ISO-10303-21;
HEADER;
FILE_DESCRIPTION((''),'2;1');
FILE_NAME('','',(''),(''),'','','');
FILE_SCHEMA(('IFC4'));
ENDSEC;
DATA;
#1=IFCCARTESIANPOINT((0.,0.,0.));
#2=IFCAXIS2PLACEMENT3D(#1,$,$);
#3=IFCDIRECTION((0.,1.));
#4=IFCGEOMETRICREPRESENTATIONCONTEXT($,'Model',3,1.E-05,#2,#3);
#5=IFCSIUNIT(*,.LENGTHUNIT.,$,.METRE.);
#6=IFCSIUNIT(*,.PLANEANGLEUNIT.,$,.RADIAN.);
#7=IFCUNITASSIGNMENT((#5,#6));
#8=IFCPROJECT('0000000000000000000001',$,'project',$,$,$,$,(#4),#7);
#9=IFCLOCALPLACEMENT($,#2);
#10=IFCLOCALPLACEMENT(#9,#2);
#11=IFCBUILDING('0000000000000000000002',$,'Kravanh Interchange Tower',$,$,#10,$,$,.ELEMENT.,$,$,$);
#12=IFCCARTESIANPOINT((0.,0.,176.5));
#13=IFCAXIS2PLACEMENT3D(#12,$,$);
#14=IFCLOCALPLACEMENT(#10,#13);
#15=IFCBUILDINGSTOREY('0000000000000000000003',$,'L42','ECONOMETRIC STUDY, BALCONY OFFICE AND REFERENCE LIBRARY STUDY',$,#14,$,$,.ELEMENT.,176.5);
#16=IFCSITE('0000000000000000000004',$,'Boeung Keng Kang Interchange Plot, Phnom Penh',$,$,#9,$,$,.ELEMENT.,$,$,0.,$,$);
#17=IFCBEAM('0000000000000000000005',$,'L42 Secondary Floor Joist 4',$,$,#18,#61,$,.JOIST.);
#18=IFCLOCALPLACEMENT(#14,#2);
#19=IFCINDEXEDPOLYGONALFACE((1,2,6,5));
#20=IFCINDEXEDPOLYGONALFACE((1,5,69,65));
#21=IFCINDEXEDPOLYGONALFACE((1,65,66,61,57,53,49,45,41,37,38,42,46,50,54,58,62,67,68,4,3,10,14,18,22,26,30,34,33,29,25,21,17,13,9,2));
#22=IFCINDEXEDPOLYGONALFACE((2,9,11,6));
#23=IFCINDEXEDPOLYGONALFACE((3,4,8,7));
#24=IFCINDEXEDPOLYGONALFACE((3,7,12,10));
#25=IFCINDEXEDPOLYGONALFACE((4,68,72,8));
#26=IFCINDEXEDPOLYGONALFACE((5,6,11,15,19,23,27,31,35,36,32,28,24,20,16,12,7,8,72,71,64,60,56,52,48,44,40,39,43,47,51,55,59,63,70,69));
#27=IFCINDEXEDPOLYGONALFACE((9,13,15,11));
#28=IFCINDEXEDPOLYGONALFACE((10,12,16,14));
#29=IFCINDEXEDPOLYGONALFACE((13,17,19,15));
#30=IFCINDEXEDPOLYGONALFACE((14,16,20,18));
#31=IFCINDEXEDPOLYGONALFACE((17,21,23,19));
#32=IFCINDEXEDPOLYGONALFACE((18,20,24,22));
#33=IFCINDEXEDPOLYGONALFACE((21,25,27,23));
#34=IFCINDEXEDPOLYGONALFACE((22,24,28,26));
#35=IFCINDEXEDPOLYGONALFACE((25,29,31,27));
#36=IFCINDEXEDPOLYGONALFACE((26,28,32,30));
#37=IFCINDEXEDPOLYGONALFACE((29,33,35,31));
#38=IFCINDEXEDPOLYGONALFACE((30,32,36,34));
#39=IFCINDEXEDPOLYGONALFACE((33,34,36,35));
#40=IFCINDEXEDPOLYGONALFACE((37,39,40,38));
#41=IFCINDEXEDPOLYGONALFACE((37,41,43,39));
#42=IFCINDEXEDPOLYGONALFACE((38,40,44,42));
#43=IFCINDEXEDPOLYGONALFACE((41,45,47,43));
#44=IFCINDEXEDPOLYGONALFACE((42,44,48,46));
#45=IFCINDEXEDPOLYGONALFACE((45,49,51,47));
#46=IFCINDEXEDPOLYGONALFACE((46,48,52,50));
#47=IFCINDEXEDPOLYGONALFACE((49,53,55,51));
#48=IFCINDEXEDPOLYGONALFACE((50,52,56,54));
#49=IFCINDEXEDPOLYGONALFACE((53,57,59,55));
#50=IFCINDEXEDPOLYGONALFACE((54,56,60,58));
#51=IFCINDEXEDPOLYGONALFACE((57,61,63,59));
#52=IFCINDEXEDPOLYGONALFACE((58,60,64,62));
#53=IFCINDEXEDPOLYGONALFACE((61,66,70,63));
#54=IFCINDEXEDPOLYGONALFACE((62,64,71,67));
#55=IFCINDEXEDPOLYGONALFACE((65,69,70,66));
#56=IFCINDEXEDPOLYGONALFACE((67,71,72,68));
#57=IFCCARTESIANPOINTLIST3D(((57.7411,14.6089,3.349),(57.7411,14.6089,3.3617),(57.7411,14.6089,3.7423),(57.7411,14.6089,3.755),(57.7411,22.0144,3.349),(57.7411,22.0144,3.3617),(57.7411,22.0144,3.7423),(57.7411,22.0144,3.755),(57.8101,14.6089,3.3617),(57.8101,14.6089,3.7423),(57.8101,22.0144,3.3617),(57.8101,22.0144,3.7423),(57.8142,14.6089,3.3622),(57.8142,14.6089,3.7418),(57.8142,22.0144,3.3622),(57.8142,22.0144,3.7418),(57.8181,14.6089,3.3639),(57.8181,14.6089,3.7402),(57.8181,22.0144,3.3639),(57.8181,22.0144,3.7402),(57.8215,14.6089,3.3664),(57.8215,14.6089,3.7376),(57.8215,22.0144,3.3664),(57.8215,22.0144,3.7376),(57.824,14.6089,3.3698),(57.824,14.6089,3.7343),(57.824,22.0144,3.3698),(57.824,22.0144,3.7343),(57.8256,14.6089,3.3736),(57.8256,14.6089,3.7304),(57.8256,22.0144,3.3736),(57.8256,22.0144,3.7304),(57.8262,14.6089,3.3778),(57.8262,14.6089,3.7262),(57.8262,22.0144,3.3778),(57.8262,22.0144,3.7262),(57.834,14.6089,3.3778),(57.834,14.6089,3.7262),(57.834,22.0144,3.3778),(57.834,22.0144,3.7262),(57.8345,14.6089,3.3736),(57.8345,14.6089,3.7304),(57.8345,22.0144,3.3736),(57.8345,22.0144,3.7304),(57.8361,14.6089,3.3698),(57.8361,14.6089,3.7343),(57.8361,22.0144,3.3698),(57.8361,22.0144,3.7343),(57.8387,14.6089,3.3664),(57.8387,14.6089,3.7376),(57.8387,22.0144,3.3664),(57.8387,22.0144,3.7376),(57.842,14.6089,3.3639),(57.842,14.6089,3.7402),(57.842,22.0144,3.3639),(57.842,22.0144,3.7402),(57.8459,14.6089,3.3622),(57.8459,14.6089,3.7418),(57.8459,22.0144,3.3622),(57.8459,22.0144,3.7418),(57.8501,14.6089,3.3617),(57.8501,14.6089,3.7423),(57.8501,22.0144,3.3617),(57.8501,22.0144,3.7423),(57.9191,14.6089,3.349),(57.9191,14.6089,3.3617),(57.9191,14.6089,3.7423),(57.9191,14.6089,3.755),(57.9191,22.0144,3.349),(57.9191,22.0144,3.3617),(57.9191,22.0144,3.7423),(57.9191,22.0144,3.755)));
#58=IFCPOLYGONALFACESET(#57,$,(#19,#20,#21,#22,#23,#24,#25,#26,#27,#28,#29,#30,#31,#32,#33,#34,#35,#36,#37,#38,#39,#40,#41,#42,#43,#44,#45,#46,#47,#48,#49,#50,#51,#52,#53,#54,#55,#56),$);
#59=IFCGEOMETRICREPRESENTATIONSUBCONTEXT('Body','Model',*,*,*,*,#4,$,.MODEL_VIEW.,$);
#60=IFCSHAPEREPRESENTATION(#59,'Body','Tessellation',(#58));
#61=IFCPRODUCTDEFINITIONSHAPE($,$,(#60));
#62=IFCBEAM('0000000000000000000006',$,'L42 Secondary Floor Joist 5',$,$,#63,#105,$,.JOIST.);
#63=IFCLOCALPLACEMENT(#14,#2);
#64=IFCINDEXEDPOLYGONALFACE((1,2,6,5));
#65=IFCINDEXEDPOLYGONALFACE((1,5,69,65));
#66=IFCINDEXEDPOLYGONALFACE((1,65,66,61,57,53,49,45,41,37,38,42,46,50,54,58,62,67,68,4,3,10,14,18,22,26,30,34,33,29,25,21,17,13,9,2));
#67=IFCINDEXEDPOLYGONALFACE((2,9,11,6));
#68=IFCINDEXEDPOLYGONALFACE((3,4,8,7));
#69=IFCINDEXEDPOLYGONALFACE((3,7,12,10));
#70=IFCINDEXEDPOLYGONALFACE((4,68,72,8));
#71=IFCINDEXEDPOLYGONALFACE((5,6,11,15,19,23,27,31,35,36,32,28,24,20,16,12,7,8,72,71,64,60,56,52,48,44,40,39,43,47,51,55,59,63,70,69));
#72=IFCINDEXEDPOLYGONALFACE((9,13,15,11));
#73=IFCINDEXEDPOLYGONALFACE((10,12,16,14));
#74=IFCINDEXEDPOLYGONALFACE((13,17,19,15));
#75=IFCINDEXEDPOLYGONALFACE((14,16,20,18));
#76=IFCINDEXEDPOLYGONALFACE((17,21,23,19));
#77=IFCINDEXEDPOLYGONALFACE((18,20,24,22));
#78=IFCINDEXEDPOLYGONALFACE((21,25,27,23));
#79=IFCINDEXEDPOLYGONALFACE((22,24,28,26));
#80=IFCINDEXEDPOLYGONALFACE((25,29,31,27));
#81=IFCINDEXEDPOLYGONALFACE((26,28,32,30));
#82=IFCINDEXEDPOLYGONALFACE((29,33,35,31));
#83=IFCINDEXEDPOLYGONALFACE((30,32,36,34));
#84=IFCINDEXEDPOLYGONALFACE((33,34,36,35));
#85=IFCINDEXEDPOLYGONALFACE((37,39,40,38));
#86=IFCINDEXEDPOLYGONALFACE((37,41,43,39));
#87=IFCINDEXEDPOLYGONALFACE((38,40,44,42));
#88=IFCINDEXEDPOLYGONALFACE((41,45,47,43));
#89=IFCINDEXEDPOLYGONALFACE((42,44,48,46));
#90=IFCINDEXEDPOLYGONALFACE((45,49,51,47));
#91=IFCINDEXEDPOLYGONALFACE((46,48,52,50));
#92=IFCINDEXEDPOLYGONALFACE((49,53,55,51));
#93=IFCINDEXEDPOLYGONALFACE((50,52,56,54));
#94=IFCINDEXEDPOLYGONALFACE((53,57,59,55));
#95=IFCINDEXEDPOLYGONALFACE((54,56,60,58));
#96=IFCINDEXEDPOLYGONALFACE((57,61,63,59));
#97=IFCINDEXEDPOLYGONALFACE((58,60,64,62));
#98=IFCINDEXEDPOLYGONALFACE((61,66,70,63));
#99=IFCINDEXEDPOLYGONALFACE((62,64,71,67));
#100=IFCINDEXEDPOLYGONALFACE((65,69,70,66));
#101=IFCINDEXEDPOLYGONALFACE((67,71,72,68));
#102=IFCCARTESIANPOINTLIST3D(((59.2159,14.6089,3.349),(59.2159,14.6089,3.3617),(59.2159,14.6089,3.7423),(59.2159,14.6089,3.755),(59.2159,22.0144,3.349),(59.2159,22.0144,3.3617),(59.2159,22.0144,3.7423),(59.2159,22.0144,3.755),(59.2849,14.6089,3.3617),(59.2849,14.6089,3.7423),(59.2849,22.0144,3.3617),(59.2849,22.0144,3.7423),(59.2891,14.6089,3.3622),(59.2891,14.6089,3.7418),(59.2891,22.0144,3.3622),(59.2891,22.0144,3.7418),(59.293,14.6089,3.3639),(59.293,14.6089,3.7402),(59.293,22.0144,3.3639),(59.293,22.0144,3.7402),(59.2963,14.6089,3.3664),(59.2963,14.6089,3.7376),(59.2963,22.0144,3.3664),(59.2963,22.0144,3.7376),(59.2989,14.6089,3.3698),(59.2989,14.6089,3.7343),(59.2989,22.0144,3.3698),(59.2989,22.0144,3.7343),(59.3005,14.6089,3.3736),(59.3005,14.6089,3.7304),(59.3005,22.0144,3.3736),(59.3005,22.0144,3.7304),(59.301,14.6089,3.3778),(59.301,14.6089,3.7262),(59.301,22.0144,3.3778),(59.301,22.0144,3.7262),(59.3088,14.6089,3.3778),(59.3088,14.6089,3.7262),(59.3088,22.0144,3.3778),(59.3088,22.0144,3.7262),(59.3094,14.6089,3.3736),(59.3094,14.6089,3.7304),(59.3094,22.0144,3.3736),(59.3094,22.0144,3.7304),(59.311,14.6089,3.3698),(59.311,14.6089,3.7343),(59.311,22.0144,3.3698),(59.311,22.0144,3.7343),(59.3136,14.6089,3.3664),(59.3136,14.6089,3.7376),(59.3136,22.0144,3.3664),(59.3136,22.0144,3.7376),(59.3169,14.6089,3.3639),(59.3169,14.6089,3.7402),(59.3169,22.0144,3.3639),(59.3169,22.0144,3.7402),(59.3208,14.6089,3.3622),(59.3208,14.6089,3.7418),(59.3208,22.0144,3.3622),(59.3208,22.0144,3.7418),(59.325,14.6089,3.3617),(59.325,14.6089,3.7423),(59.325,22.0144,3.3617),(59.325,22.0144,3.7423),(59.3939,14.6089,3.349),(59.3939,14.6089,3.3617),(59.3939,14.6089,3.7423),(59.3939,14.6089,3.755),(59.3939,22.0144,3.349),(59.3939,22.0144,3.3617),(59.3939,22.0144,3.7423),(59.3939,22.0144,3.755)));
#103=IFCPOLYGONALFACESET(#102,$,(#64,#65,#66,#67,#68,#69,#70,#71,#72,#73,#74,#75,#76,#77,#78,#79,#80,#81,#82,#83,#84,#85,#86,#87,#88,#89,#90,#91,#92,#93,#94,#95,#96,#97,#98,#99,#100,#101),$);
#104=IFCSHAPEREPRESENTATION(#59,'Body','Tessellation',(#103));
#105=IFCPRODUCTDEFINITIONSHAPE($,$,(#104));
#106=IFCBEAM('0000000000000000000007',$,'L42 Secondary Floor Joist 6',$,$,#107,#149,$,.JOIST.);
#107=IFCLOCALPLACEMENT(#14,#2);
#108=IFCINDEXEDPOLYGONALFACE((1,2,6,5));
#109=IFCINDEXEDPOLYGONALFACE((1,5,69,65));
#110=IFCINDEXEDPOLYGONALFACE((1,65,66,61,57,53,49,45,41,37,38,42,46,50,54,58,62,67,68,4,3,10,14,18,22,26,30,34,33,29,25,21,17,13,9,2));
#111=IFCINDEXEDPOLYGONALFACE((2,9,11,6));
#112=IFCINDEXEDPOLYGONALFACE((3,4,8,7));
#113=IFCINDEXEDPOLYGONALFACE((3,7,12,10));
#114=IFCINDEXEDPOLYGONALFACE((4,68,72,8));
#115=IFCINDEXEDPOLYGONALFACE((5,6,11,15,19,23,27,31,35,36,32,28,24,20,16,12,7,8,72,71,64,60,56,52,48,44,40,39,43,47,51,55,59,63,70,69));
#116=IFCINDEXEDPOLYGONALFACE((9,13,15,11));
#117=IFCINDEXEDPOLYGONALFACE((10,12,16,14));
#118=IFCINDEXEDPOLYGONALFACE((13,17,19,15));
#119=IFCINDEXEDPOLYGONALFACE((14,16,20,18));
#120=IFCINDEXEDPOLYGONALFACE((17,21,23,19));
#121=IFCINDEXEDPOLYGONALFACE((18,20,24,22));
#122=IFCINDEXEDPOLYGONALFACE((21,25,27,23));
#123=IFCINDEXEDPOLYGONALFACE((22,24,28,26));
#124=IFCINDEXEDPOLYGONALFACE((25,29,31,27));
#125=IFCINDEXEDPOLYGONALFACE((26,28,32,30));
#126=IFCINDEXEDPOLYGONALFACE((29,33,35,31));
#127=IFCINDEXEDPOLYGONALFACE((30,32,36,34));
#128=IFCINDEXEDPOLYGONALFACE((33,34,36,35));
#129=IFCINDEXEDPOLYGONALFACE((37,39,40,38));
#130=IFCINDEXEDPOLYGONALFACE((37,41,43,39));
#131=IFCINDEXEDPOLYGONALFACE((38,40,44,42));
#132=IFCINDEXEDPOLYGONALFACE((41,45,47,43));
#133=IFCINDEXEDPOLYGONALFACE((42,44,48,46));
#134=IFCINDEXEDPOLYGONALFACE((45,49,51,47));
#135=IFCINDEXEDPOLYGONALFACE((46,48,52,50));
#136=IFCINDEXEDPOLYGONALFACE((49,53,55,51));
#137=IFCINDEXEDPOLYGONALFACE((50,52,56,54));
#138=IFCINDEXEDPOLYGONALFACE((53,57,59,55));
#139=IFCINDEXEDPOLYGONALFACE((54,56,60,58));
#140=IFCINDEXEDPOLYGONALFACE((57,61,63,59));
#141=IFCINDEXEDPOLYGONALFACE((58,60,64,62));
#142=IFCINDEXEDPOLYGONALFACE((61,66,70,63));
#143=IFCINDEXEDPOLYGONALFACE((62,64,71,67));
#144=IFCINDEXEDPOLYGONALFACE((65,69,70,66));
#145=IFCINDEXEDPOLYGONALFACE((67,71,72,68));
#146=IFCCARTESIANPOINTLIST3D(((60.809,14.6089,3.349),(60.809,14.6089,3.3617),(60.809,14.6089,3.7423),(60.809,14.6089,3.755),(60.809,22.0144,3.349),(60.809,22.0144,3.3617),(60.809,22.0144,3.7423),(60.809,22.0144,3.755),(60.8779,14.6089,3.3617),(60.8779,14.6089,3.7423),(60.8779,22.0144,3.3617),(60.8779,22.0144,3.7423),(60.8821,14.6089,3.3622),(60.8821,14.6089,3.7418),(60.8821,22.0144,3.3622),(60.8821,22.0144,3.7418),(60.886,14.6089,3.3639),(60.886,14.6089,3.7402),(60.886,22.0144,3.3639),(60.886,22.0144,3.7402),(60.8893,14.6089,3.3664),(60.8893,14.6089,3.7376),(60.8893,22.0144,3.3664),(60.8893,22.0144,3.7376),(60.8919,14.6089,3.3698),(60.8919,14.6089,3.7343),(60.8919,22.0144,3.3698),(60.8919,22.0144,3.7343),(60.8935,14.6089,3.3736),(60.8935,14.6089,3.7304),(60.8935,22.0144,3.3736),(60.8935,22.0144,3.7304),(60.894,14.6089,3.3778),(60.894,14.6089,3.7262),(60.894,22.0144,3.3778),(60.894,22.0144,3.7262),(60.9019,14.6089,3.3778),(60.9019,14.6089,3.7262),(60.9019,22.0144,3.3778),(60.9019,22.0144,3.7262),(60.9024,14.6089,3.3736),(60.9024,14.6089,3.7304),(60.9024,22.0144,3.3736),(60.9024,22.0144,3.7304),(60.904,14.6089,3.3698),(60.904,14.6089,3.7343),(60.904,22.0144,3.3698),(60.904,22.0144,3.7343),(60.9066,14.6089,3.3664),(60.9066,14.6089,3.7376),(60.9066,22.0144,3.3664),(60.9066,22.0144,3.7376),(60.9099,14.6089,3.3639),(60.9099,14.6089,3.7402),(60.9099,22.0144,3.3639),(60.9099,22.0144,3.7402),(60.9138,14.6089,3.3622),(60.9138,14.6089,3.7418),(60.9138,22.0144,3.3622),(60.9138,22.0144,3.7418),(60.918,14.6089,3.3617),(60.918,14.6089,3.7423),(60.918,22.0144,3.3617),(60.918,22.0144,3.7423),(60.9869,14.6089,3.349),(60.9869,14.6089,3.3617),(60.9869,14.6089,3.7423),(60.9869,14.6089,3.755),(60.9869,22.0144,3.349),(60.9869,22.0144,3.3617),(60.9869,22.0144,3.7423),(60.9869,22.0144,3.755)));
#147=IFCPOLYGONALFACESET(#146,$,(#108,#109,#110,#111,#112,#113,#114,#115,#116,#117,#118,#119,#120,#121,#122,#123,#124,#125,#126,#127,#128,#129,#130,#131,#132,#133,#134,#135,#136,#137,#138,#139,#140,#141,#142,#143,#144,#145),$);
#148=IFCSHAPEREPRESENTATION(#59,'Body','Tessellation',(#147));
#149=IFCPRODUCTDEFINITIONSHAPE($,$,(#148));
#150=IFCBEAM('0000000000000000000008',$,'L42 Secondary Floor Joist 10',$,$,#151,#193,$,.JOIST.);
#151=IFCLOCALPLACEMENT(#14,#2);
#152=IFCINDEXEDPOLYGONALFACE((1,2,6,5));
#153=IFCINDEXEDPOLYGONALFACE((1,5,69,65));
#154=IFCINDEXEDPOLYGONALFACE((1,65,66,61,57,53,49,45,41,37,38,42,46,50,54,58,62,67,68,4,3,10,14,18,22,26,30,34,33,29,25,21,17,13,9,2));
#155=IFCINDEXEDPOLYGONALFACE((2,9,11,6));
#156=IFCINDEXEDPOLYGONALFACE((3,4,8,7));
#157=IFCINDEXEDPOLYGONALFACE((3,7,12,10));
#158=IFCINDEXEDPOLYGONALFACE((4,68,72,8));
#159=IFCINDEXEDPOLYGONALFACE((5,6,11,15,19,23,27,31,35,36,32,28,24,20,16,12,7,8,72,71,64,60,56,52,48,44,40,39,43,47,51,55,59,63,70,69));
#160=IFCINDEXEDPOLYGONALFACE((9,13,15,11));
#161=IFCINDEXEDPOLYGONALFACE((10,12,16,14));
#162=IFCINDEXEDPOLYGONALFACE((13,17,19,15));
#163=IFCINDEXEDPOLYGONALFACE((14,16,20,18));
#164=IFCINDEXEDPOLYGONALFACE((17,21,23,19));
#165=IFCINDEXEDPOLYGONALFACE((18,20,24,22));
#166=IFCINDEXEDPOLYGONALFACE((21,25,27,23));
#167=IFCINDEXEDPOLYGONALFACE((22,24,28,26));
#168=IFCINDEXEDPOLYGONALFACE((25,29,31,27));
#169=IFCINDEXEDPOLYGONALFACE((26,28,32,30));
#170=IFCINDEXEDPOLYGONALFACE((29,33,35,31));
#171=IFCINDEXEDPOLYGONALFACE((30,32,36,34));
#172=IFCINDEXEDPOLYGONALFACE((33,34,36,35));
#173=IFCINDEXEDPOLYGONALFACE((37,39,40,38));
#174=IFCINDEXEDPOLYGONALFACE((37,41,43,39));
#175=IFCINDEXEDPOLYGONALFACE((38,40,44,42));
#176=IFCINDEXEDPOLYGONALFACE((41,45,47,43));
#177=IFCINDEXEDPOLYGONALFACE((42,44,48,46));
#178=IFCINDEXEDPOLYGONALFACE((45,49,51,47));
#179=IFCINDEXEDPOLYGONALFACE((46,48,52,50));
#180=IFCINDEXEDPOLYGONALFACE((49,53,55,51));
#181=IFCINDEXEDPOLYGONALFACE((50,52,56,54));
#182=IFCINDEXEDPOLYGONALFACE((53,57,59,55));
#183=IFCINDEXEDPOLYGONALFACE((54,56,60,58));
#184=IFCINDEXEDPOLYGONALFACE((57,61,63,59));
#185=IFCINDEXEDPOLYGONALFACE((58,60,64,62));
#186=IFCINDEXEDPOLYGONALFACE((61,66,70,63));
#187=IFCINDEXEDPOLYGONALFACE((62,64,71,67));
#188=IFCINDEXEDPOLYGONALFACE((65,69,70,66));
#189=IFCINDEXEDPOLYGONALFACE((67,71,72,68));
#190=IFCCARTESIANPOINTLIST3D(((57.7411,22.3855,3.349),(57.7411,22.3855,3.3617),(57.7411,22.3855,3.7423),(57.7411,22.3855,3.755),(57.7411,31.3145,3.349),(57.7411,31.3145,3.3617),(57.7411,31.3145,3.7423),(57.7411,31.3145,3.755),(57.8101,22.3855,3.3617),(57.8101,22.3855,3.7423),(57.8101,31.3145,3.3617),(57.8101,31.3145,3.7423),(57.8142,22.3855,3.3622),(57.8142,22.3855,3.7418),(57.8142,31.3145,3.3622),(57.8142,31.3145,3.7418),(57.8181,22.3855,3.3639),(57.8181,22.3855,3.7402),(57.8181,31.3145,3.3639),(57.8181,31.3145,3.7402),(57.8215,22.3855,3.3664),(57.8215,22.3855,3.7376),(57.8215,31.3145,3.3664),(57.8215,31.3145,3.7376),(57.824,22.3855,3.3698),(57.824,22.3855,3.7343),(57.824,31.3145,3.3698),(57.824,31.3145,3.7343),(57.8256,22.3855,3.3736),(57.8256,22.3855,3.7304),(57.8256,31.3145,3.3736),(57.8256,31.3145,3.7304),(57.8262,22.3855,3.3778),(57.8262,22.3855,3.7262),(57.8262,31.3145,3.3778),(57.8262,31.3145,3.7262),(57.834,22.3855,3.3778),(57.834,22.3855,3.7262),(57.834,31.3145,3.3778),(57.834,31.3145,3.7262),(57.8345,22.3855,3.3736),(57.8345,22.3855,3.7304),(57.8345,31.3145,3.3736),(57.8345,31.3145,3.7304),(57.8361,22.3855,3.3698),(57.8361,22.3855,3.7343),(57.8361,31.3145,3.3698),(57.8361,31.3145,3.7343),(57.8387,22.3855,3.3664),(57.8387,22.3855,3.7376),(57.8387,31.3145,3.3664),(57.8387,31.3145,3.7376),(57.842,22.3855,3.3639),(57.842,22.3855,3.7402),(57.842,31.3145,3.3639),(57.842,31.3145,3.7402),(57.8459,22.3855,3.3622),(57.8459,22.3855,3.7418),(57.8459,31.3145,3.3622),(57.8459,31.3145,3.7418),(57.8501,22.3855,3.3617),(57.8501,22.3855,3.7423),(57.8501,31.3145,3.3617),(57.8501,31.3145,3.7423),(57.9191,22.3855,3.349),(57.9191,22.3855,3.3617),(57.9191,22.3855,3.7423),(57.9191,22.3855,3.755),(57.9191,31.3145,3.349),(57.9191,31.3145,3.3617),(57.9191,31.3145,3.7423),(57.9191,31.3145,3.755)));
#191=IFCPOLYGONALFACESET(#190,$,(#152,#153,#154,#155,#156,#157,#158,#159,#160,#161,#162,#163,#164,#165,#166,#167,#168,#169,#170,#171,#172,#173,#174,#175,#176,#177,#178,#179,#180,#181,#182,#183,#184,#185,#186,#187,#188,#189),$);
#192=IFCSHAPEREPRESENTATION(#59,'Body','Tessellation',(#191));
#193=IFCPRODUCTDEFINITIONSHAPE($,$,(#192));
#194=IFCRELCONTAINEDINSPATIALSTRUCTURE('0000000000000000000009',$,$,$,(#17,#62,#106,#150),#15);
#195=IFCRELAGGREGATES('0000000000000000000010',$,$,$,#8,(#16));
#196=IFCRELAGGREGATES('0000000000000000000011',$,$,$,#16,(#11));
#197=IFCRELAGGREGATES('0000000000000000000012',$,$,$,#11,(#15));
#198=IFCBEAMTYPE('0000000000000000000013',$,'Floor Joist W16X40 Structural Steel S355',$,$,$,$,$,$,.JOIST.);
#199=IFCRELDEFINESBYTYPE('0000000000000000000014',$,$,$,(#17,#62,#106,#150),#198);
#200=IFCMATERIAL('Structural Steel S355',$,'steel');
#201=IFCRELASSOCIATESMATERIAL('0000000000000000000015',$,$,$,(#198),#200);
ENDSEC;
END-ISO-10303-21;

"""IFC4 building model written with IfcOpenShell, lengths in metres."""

from ifc_helpers import new_model, si_unit, direction, frame, origin, origin_2d, place, context, subcontext, project, spatial, i_section, extrude, material, material_profile, profile_set, type_object, element, save


model = new_model("IFC4")

# Units and contexts
model_context = context("Model", 3, precision=1e-05, world=origin(), true_north=direction((0.0, 1.0)))
body_context = subcontext(model_context, "Body", "Model", "MODEL_VIEW")
ifc_project = project(units=[si_unit("LENGTHUNIT", "METRE"), si_unit("PLANEANGLEUNIT", "RADIAN")], contexts=[model_context])

# Site, building, storey
site_placement = place(None, origin())
site = spatial("IfcSite", under=ifc_project, at=site_placement, Name="Boeung Keng Kang Interchange Plot, Phnom Penh", CompositionType="ELEMENT", RefElevation=0.0)
building_placement = place(site_placement, origin())
building = spatial("IfcBuilding", under=site, at=building_placement, Name="Kravanh Interchange Tower", CompositionType="ELEMENT")
storey_placement = place(building_placement, frame((0.0, 0.0, 176.5)))
storey = spatial("IfcBuildingStorey", under=building, at=storey_placement, Name="L42", Description="ECONOMETRIC STUDY, BALCONY OFFICE AND REFERENCE LIBRARY STUDY", CompositionType="ELEMENT", Elevation=176.5)

# Beams
ifc_material_1 = material(Name="Structural Steel S355", Category="steel")
ifc_material_profile_1 = material_profile(ifc_material_1, i_section(OverallWidth=0.178, OverallDepth=0.406, WebThickness=0.0078, FlangeThickness=0.0127, FilletRadius=0.0161, at=origin_2d()), Name="W16X40")
ifc_profile_set_1 = profile_set([ifc_material_profile_1], Name="Structural Steel S355")
beam_type_1 = type_object("IfcBeamType", Name="Floor Joist W16X40 Structural Steel S355", PredefinedType="JOIST", material=ifc_profile_set_1)
for number, where, z_axis, x_axis, name in (
    (1, (57.8301, 14.6089, 3.552), (0.0, 1.0, 0.0), (-1.0, 0.0, 0.0), "L42 Secondary Floor Joist 4"),
    (2, (59.3049, 14.6089, 3.552), (0.0, 1.0, 0.0), (-1.0, 0.0, 0.0), "L42 Secondary Floor Joist 5"),
    (3, (60.8979, 14.6089, 3.552), (0.0, 1.0, 0.0), (-1.0, 0.0, 0.0), "L42 Secondary Floor Joist 6"),
):
    element("IfcBeam", number, at=place(storey_placement, frame(where, z_axis=z_axis, x_axis=x_axis)), inside=storey, type_object=beam_type_1, Name=name, PredefinedType="JOIST", context=body_context, shape_type="SweptSolid", body=[
        extrude(i_section(OverallWidth=0.178, OverallDepth=0.406, WebThickness=0.0078, FlangeThickness=0.0127, FilletRadius=0.0161, at=origin_2d()), origin(), (0.0, 0.0, 1.0), 7.4055),
    ])
for number, where, z_axis, x_axis, name in (
    (4, (57.8301, 22.3855, 3.552), (0.0, 1.0, 0.0), (-1.0, 0.0, 0.0), "L42 Secondary Floor Joist 10"),
):
    element("IfcBeam", number, at=place(storey_placement, frame(where, z_axis=z_axis, x_axis=x_axis)), inside=storey, type_object=beam_type_1, Name=name, PredefinedType="JOIST", context=body_context, shape_type="SweptSolid", body=[
        extrude(i_section(OverallWidth=0.178, OverallDepth=0.406, WebThickness=0.0078, FlangeThickness=0.0127, FilletRadius=0.0161, at=origin_2d()), origin(), (0.0, 0.0, 1.0), 8.929),
    ])

save(model, "model.ifc")
